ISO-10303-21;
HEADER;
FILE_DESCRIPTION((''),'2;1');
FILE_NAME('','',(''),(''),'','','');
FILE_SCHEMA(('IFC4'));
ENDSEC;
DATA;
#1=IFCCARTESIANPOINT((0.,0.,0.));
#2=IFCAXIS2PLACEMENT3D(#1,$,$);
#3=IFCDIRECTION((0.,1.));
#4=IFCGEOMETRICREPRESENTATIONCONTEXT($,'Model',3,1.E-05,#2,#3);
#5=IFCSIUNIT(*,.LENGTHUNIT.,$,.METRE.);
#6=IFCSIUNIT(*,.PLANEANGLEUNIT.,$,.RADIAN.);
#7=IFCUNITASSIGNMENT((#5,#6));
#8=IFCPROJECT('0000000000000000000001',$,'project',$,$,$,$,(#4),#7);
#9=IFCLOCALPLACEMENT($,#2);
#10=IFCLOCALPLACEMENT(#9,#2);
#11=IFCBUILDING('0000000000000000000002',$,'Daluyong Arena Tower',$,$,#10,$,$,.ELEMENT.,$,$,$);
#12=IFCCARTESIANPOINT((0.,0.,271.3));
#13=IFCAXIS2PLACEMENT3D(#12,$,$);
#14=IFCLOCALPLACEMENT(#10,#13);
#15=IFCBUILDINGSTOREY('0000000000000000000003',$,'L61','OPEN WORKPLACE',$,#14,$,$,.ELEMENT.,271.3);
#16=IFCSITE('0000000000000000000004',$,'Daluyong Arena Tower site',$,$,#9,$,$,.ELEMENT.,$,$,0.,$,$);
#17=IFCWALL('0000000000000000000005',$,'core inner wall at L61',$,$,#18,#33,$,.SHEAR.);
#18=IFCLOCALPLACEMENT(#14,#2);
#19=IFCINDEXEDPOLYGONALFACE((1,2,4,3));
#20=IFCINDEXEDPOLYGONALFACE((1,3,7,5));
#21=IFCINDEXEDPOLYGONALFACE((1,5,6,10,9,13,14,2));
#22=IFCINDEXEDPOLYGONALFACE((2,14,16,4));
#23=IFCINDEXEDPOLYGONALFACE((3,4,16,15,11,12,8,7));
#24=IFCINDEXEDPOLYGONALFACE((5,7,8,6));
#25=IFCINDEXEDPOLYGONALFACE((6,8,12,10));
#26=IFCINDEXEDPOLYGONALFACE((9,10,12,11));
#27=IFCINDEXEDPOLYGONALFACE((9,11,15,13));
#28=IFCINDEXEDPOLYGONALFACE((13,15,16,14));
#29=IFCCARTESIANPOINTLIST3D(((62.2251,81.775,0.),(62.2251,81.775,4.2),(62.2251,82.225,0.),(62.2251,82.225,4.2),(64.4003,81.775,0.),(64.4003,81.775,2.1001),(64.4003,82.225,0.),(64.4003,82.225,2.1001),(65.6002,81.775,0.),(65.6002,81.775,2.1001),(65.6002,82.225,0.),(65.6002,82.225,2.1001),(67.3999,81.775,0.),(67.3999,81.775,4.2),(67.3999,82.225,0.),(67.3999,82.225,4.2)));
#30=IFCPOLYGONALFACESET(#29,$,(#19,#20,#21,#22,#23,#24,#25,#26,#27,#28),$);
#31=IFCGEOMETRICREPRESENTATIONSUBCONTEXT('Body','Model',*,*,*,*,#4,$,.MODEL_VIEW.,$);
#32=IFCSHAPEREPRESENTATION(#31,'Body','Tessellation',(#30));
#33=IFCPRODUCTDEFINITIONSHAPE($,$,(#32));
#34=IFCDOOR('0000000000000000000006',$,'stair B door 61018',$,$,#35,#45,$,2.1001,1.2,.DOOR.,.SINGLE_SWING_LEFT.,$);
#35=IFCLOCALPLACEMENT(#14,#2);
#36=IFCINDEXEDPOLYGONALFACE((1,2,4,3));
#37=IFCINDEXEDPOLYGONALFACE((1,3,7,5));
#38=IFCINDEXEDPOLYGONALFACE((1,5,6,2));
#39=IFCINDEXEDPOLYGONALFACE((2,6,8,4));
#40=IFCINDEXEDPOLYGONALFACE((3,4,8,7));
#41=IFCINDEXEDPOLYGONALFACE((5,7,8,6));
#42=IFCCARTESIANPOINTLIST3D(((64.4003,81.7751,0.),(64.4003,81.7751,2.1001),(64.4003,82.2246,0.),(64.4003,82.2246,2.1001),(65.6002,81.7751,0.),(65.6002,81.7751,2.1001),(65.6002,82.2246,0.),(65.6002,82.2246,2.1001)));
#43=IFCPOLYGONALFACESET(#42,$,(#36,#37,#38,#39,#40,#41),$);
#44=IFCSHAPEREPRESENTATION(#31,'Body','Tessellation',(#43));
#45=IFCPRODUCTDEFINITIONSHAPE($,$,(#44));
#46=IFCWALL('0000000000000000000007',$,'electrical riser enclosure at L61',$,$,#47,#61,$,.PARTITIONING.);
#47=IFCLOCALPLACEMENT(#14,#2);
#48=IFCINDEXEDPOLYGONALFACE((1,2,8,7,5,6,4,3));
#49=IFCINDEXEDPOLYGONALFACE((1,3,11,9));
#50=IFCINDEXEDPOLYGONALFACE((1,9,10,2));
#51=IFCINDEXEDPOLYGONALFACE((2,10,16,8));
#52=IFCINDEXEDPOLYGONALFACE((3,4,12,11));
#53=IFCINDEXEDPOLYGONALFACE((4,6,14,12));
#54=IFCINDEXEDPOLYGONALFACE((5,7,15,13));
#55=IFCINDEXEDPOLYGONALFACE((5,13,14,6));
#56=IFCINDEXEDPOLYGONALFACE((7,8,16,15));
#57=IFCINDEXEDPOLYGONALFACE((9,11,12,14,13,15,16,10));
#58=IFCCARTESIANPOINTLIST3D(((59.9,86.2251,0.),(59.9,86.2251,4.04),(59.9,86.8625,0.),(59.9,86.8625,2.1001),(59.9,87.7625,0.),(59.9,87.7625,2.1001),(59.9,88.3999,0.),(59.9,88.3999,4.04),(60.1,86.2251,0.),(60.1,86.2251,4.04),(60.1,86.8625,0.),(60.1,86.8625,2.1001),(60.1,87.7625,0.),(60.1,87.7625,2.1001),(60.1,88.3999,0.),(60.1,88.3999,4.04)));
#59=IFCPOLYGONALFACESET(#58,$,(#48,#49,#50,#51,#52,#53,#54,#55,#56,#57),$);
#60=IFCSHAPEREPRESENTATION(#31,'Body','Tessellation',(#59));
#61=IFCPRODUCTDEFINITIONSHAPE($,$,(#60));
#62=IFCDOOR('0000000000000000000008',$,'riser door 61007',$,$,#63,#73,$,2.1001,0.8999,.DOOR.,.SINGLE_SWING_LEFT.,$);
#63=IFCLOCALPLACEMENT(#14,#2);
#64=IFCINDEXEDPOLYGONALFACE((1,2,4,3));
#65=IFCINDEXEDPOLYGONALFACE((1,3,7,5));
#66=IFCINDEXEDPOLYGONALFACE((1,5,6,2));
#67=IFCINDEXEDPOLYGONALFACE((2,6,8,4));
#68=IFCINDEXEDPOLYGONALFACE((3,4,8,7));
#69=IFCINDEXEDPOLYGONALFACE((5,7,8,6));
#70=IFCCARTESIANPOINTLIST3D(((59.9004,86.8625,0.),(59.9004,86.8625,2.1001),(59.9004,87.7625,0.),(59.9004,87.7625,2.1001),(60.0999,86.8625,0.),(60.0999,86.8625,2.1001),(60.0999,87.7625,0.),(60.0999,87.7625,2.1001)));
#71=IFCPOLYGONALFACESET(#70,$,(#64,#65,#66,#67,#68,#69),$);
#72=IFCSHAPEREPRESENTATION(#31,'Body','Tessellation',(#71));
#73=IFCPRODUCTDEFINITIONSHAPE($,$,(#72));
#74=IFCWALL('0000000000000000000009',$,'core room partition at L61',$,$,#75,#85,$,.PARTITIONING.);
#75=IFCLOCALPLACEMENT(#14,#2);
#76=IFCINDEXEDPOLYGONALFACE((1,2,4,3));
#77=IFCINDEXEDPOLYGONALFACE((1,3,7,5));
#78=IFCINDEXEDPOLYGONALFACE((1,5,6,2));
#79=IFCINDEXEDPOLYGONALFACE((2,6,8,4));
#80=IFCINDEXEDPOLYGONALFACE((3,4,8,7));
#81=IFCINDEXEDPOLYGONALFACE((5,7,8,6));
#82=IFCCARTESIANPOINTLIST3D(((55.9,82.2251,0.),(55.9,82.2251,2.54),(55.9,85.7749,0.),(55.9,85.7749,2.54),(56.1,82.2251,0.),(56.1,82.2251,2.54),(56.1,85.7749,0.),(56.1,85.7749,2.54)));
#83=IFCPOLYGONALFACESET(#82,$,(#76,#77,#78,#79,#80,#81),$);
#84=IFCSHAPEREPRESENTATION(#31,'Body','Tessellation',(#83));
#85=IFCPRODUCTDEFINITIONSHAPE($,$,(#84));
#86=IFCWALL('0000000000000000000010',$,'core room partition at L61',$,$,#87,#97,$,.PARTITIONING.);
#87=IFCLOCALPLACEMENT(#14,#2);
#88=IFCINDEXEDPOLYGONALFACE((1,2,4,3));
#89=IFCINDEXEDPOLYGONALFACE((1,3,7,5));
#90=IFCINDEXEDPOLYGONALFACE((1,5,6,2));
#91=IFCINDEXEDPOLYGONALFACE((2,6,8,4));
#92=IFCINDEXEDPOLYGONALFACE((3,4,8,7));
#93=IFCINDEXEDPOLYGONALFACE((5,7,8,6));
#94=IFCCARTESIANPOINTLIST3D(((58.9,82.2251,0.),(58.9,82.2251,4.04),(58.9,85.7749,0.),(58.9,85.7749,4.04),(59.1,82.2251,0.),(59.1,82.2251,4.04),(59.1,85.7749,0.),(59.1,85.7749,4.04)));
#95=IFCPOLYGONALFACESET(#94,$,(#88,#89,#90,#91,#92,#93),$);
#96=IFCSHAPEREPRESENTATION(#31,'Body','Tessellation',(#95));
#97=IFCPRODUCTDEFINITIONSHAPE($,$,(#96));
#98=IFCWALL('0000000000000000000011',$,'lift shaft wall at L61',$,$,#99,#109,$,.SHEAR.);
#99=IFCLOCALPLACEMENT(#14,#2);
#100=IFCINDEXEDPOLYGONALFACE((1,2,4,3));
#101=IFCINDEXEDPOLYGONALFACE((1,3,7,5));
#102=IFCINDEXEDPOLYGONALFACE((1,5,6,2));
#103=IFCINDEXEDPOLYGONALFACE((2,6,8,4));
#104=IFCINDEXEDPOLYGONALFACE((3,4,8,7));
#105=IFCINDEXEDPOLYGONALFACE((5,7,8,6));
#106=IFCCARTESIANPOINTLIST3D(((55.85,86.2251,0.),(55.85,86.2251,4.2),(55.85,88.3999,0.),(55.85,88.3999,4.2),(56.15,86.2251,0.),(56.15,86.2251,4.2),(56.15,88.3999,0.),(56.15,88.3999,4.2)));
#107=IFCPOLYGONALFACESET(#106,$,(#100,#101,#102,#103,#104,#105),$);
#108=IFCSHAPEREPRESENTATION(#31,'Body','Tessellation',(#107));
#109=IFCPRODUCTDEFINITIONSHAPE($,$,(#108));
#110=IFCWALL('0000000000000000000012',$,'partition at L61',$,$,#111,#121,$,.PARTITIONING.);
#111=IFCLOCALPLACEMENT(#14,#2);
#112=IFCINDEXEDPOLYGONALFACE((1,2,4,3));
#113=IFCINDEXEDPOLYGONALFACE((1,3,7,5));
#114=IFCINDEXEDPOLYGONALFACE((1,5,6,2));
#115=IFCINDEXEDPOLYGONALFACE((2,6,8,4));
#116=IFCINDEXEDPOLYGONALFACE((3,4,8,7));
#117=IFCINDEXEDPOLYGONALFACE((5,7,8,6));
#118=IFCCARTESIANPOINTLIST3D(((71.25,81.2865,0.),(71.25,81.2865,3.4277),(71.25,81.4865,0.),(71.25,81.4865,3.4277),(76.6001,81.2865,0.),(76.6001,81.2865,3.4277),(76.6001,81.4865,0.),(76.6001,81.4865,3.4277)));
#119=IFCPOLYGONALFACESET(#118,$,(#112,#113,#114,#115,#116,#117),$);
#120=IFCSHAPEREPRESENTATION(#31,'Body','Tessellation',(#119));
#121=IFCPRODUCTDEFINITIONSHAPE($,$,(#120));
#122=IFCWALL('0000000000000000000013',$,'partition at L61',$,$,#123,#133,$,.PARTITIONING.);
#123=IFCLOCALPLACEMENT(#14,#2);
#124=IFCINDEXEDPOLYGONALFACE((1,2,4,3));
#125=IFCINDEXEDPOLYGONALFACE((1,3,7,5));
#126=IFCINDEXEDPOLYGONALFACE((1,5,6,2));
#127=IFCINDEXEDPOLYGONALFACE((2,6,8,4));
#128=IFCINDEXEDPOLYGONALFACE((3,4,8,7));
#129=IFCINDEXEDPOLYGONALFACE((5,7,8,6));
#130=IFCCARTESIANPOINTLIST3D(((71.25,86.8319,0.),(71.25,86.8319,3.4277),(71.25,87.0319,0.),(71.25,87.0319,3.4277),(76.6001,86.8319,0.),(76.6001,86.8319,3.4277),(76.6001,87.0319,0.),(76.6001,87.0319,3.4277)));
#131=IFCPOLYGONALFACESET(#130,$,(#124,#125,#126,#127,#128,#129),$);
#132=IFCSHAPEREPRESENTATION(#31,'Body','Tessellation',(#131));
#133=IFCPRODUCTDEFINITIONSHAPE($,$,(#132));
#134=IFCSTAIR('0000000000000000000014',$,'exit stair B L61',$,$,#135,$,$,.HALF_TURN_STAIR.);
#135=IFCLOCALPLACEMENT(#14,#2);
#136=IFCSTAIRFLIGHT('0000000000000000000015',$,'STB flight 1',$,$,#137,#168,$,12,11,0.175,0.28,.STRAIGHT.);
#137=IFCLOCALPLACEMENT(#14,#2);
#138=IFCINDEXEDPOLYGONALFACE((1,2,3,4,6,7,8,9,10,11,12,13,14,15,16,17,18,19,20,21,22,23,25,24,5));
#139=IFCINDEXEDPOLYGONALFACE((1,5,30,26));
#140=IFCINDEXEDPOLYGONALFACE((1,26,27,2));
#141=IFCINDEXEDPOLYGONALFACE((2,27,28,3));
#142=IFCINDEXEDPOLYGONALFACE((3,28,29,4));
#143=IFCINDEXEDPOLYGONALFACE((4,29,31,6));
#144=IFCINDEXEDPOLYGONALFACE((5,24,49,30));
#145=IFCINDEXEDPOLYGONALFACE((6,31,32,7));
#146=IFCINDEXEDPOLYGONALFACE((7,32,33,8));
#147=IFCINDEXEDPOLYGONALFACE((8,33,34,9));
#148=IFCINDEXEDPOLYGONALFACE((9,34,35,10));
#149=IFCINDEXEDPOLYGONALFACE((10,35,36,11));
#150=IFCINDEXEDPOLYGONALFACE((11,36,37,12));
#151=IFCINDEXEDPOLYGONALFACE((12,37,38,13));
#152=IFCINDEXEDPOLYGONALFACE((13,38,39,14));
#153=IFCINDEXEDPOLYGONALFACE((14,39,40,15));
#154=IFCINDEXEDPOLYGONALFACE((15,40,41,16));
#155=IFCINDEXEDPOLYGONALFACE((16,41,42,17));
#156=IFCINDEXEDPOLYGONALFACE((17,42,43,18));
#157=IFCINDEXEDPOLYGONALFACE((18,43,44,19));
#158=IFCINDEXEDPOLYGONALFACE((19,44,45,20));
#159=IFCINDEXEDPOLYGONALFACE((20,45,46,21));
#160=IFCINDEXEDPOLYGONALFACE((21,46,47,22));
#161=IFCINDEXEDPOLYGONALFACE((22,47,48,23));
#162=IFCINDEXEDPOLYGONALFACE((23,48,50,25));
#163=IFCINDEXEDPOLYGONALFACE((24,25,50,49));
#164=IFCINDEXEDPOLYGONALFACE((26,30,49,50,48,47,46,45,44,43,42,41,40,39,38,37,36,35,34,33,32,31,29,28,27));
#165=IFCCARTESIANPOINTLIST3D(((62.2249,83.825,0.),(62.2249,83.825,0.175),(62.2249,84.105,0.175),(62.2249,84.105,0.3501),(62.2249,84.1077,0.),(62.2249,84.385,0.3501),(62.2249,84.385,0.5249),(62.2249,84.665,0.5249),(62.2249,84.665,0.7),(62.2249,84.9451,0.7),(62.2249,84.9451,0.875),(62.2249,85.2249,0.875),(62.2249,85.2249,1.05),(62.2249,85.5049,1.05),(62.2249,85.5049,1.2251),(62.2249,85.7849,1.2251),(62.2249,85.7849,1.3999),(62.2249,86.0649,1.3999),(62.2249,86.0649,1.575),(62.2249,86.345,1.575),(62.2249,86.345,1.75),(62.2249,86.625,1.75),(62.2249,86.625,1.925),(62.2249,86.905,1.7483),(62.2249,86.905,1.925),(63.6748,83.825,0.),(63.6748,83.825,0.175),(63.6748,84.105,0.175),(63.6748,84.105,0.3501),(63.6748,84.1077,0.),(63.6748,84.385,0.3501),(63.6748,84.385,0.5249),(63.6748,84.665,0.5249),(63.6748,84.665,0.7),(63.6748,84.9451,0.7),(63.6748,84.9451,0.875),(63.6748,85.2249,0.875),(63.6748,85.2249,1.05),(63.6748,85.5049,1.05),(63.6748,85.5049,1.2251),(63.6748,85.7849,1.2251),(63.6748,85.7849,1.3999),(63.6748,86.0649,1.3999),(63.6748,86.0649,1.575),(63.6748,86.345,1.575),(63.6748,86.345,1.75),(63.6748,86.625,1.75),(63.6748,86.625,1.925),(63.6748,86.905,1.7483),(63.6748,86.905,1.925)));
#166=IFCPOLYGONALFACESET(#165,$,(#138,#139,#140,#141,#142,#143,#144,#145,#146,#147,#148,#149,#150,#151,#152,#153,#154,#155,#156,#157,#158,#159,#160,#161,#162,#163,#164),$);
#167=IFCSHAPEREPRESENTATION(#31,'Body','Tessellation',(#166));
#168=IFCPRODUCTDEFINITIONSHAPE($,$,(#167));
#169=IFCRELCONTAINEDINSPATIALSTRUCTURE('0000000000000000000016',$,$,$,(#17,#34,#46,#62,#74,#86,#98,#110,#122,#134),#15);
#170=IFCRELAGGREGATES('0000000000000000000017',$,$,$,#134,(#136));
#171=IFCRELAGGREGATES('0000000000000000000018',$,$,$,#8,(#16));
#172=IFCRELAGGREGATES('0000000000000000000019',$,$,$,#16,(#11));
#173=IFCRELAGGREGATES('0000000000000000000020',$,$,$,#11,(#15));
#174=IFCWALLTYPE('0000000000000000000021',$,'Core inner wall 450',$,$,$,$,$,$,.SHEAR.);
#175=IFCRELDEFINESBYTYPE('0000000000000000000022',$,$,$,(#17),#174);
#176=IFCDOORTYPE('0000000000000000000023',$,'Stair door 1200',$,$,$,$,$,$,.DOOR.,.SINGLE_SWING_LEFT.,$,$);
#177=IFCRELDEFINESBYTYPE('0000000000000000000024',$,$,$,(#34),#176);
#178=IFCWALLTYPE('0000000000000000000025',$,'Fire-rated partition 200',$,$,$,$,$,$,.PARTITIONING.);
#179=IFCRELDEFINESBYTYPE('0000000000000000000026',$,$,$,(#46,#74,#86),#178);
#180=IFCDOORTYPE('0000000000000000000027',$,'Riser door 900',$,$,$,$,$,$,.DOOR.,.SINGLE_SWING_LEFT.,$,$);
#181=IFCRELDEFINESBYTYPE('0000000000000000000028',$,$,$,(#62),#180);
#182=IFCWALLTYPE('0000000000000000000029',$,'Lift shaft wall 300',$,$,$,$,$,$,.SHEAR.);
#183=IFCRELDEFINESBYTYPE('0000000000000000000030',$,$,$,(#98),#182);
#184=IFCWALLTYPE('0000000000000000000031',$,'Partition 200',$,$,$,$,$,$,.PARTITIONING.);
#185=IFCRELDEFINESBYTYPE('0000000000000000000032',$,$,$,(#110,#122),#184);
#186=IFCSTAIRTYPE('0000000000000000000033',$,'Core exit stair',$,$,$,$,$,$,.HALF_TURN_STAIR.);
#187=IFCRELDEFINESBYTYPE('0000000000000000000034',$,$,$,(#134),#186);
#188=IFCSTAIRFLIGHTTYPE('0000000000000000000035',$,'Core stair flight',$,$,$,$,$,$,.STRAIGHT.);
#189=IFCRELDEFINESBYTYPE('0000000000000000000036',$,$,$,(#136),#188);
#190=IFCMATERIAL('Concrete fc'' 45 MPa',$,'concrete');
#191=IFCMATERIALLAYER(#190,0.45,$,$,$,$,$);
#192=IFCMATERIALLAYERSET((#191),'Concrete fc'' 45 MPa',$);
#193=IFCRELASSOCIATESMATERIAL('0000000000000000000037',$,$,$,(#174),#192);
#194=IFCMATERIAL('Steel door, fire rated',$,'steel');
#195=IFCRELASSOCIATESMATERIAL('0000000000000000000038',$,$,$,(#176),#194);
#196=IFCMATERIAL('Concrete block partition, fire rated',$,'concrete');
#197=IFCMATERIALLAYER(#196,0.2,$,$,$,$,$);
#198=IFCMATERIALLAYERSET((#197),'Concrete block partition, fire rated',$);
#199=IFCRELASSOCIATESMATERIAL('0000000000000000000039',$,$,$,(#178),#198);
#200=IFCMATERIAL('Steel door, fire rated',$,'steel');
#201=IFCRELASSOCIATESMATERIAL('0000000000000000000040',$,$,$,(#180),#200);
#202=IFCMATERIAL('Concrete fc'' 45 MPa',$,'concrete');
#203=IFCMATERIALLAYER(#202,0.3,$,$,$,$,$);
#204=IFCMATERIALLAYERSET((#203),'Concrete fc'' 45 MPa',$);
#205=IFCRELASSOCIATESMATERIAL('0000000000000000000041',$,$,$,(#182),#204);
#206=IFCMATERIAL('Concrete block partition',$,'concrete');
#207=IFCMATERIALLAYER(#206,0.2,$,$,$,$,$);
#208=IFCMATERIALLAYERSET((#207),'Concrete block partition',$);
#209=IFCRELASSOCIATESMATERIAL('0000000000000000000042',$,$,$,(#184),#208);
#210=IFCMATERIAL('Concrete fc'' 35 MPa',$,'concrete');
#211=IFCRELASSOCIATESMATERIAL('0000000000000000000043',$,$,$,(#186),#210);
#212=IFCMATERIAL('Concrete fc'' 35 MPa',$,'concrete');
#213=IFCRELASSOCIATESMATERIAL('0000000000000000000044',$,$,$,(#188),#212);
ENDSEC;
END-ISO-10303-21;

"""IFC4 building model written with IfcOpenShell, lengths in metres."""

from ifc_helpers import new_model, si_unit, direction, frame, frame_2d, origin, place, context, subcontext, project, spatial, polyline, rectangle, outline, extrude, material, layer, layer_set, type_object, element, fill, aggregate, save


model = new_model("IFC4")

# Units and contexts
model_context = context("Model", 3, precision=1e-05, world=origin(), true_north=direction((0.0, 1.0)))
body_context = subcontext(model_context, "Body", "Model", "MODEL_VIEW")
ifc_project = project(units=[si_unit("LENGTHUNIT", "METRE"), si_unit("PLANEANGLEUNIT", "RADIAN")], contexts=[model_context])

# Site, building, storey
site_placement = place(None, origin())
site = spatial("IfcSite", under=ifc_project, at=site_placement, Name="Daluyong Arena Tower site", CompositionType="ELEMENT", RefElevation=0.0)
building_placement = place(site_placement, origin())
building = spatial("IfcBuilding", under=site, at=building_placement, Name="Daluyong Arena Tower", CompositionType="ELEMENT")
storey_placement = place(building_placement, frame((0.0, 0.0, 271.3)))
storey = spatial("IfcBuildingStorey", under=building, at=storey_placement, Name="L61", Description="OPEN WORKPLACE", CompositionType="ELEMENT", Elevation=271.3)

# Walls, openings, doors
ifc_material_1 = material(Name="Concrete fc' 45 MPa", Category="concrete")
ifc_layer_1 = layer(ifc_material_1, 0.45)
ifc_layer_set_1 = layer_set([ifc_layer_1], Name="Concrete fc' 45 MPa")
wall_type_1 = type_object("IfcWallType", Name="Core inner wall 450", PredefinedType="SHEAR", material=ifc_layer_set_1)
wall_1_placement = place(storey_placement, frame((62.2251, 82.0, 0.0), z_axis=(0.0, 0.0, 1.0), x_axis=(1.0, 0.0, 0.0)))
wall_1 = element("IfcWall", 1, at=wall_1_placement, inside=storey, type_object=wall_type_1, Name="core inner wall at L61", PredefinedType="SHEAR", context=body_context, shape_type="SweptSolid", body=[
    extrude(rectangle(XDim=5.1748, YDim=0.45, at=frame_2d((2.5874, 0.0))), origin(), (0.0, 0.0, 1.0), 4.2),
])
opening_1_placement = place(wall_1_placement, frame((2.175, 0.0, 0.0)))
opening_1 = element("IfcOpeningElement", 2, at=opening_1_placement, cuts=wall_1, PredefinedType="OPENING", context=body_context, shape_type="SweptSolid", body=[
    extrude(rectangle(XDim=1.2, YDim=2.1001, at=frame_2d((0.6001, 1.05))), frame((0.0, 0.2349, 0.0), z_axis=(0.0, -1.0, 0.0), x_axis=(1.0, 0.0, 0.0)), (0.0, 0.0, 1.0), 0.47),
])
ifc_material_2 = material(Name="Steel door, fire rated", Category="steel")
door_type_1 = type_object("IfcDoorType", Name="Stair door 1200", OperationType="SINGLE_SWING_LEFT", PredefinedType="DOOR", material=ifc_material_2)
door_1_placement = place(opening_1_placement, origin())
door_1 = element("IfcDoor", 3, at=door_1_placement, inside=storey, type_object=door_type_1, Name="stair B door 61018", OperationType="SINGLE_SWING_LEFT", OverallHeight=2.1001, OverallWidth=1.2, PredefinedType="DOOR", context=body_context, shape_type="SweptSolid", body=[
    extrude(rectangle(XDim=1.2, YDim=2.1001, at=frame_2d((0.6001, 1.05))), frame((0.0, 0.2246, 0.0), z_axis=(0.0, -1.0, 0.0), x_axis=(1.0, 0.0, 0.0)), (0.0, 0.0, 1.0), 0.4495),
])
fill(opening_1, door_1)
ifc_material_3 = material(Name="Concrete block partition, fire rated", Category="concrete")
ifc_layer_2 = layer(ifc_material_3, 0.2)
ifc_layer_set_2 = layer_set([ifc_layer_2], Name="Concrete block partition, fire rated")
wall_type_2 = type_object("IfcWallType", Name="Fire-rated partition 200", PredefinedType="PARTITIONING", material=ifc_layer_set_2)
wall_2_placement = place(storey_placement, frame((60.0, 86.2251, 0.0), z_axis=(0.0, 0.0, 1.0), x_axis=(0.0, 1.0, 0.0)))
wall_2 = element("IfcWall", 4, at=wall_2_placement, inside=storey, type_object=wall_type_2, Name="electrical riser enclosure at L61", PredefinedType="PARTITIONING", context=body_context, shape_type="SweptSolid", body=[
    extrude(rectangle(XDim=2.1748, YDim=0.2, at=frame_2d((1.0874, 0.0))), origin(), (0.0, 0.0, 1.0), 4.04),
])
opening_2_placement = place(wall_2_placement, frame((0.6375, 0.0, 0.0)))
opening_2 = element("IfcOpeningElement", 5, at=opening_2_placement, cuts=wall_2, PredefinedType="OPENING", context=body_context, shape_type="SweptSolid", body=[
    extrude(rectangle(XDim=0.8999, YDim=2.1001, at=frame_2d((0.45, 1.05))), frame((0.0, 0.1099, 0.0), z_axis=(0.0, -1.0, 0.0), x_axis=(1.0, 0.0, 0.0)), (0.0, 0.0, 1.0), 0.22),
])
ifc_material_4 = material(Name="Steel door, fire rated", Category="steel")
door_type_2 = type_object("IfcDoorType", Name="Riser door 900", OperationType="SINGLE_SWING_LEFT", PredefinedType="DOOR", material=ifc_material_4)
door_2_placement = place(opening_2_placement, origin())
door_2 = element("IfcDoor", 6, at=door_2_placement, inside=storey, type_object=door_type_2, Name="riser door 61007", OperationType="SINGLE_SWING_LEFT", OverallHeight=2.1001, OverallWidth=0.8999, PredefinedType="DOOR", context=body_context, shape_type="SweptSolid", body=[
    extrude(rectangle(XDim=0.8999, YDim=2.1001, at=frame_2d((0.45, 1.05))), frame((0.0, 0.0996, 0.0), z_axis=(0.0, -1.0, 0.0), x_axis=(1.0, 0.0, 0.0)), (0.0, 0.0, 1.0), 0.1995),
])
fill(opening_2, door_2)

# Walls
wall_3_placement = place(storey_placement, frame((56.0, 82.2251, 0.0), z_axis=(0.0, 0.0, 1.0), x_axis=(0.0, 1.0, 0.0)))
element("IfcWall", 7, at=wall_3_placement, inside=storey, type_object=wall_type_2, Name="core room partition at L61", PredefinedType="PARTITIONING", context=body_context, shape_type="SweptSolid", body=[
    extrude(rectangle(XDim=3.5498, YDim=0.2, at=frame_2d((1.7749, 0.0))), origin(), (0.0, 0.0, 1.0), 2.54),
])
wall_4_placement = place(storey_placement, frame((59.0, 82.2251, 0.0), z_axis=(0.0, 0.0, 1.0), x_axis=(0.0, 1.0, 0.0)))
element("IfcWall", 8, at=wall_4_placement, inside=storey, type_object=wall_type_2, Name="core room partition at L61", PredefinedType="PARTITIONING", context=body_context, shape_type="SweptSolid", body=[
    extrude(rectangle(XDim=3.5498, YDim=0.2, at=frame_2d((1.7749, 0.0))), origin(), (0.0, 0.0, 1.0), 4.04),
])
ifc_material_5 = material(Name="Concrete fc' 45 MPa", Category="concrete")
ifc_layer_3 = layer(ifc_material_5, 0.3)
ifc_layer_set_3 = layer_set([ifc_layer_3], Name="Concrete fc' 45 MPa")
wall_type_3 = type_object("IfcWallType", Name="Lift shaft wall 300", PredefinedType="SHEAR", material=ifc_layer_set_3)
wall_5_placement = place(storey_placement, frame((56.0, 86.2251, 0.0), z_axis=(0.0, 0.0, 1.0), x_axis=(0.0, 1.0, 0.0)))
element("IfcWall", 9, at=wall_5_placement, inside=storey, type_object=wall_type_3, Name="lift shaft wall at L61", PredefinedType="SHEAR", context=body_context, shape_type="SweptSolid", body=[
    extrude(rectangle(XDim=2.1748, YDim=0.3, at=frame_2d((1.0874, 0.0))), origin(), (0.0, 0.0, 1.0), 4.2),
])
ifc_material_6 = material(Name="Concrete block partition", Category="concrete")
ifc_layer_4 = layer(ifc_material_6, 0.2)
ifc_layer_set_4 = layer_set([ifc_layer_4], Name="Concrete block partition")
wall_type_4 = type_object("IfcWallType", Name="Partition 200", PredefinedType="PARTITIONING", material=ifc_layer_set_4)
for number, where, z_axis, x_axis, name in (
    (10, (71.25, 81.3865, 0.0), (0.0, 0.0, 1.0), (1.0, 0.0, 0.0), "partition at L61"),
    (11, (71.25, 86.9319, 0.0), (0.0, 0.0, 1.0), (1.0, 0.0, 0.0), "partition at L61"),
):
    element("IfcWall", number, at=place(storey_placement, frame(where, z_axis=z_axis, x_axis=x_axis)), inside=storey, type_object=wall_type_4, Name=name, PredefinedType="PARTITIONING", context=body_context, shape_type="SweptSolid", body=[
        extrude(rectangle(XDim=5.3501, YDim=0.2, at=frame_2d((2.675, 0.0))), origin(), (0.0, 0.0, 1.0), 3.4277),
    ])

# Stair, stair flight
ifc_material_7 = material(Name="Concrete fc' 35 MPa", Category="concrete")
stair_type = type_object("IfcStairType", Name="Core exit stair", PredefinedType="HALF_TURN_STAIR", material=ifc_material_7)
stair_placement = place(storey_placement, origin())
stair = element("IfcStair", 12, at=stair_placement, inside=storey, type_object=stair_type, Name="exit stair B L61", PredefinedType="HALF_TURN_STAIR")
ifc_material_8 = material(Name="Concrete fc' 35 MPa", Category="concrete")
stair_flight_type = type_object("IfcStairFlightType", Name="Core stair flight", PredefinedType="STRAIGHT", material=ifc_material_8)
stair_flight_1_placement = place(storey_placement, frame((62.95, 83.825, 0.0), z_axis=(0.0, 0.0, 1.0), x_axis=(0.0, 1.0, 0.0)))
stair_flight_1 = element("IfcStairFlight", 13, at=stair_flight_1_placement, type_object=stair_flight_type, Name="STB flight 1", NumberOfRisers=12, NumberOfTreads=11, PredefinedType="STRAIGHT", RiserHeight=0.175, TreadLength=0.28, context=body_context, shape_type="SweptSolid", body=[
    extrude(outline(polyline([(0.0, 0.0), (0.0, 0.175), (0.28, 0.175), (0.28, 0.3501), (0.5601, 0.3501), (0.5601, 0.5249), (0.8401, 0.5249), (0.8401, 0.7), (1.1201, 0.7), (1.1201, 0.875), (1.3999, 0.875), (1.3999, 1.05), (1.6799, 1.05), (1.6799, 1.2251), (1.96, 1.2251), (1.96, 1.3999), (2.24, 1.3999), (2.24, 1.575), (2.52, 1.575), (2.52, 1.75), (2.8, 1.75), (2.8, 1.925), (3.0801, 1.925), (3.0801, 2.1001), (3.0801, 1.7483), (0.2827, 0.0), (0.0, 0.0)])), frame((0.0, 0.7251, 0.0), z_axis=(0.0, -1.0, 0.0), x_axis=(1.0, 0.0, 0.0)), (0.0, 0.0, 1.0), 1.45),
])
aggregate(stair, [stair_flight_1])

save(model, "model.ifc")
